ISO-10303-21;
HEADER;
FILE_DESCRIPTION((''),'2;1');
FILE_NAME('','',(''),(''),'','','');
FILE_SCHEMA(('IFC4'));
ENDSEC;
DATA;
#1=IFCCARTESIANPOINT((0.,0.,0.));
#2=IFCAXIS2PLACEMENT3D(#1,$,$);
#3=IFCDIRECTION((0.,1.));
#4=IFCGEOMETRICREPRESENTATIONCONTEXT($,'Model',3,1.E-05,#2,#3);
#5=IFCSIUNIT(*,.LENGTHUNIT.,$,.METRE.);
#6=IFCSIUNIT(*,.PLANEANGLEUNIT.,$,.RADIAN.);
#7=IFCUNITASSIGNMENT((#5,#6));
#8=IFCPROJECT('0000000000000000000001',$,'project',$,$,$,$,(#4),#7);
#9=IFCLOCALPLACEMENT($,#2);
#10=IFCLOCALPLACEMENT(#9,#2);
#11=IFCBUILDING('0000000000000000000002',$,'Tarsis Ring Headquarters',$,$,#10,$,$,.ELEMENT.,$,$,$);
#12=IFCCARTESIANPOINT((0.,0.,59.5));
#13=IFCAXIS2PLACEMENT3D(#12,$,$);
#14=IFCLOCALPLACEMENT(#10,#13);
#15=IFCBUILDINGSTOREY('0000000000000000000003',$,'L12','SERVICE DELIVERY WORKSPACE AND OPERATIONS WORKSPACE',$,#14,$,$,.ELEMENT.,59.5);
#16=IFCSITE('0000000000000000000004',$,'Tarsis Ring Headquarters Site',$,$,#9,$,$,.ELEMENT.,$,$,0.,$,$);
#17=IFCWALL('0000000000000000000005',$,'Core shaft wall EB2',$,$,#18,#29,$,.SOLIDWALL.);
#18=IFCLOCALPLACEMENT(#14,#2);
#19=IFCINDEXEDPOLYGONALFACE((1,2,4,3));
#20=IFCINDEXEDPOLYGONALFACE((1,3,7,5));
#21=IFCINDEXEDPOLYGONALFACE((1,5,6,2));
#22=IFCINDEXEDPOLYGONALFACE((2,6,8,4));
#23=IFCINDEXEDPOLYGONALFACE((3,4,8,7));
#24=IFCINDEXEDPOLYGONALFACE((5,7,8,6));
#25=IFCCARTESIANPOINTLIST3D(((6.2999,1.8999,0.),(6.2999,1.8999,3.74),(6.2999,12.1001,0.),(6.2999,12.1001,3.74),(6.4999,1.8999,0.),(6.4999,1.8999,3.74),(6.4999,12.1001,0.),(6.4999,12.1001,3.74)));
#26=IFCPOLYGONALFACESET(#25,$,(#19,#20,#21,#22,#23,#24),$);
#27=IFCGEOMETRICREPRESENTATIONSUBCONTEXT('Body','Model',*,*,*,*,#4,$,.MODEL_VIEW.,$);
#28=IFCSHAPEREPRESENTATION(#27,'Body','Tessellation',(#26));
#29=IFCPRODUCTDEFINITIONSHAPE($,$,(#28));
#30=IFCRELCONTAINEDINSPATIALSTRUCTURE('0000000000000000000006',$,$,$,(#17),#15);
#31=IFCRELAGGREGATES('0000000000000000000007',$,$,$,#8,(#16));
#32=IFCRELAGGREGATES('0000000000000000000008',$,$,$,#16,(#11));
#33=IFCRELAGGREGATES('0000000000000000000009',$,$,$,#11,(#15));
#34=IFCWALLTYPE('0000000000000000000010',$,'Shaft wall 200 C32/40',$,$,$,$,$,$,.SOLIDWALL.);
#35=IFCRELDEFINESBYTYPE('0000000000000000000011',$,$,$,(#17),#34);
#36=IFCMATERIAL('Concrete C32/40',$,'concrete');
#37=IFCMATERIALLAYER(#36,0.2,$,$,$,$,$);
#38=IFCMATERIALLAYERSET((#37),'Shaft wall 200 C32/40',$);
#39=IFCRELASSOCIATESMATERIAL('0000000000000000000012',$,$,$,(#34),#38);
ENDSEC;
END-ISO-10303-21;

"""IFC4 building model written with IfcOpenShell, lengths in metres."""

from ifc_helpers import new_model, si_unit, direction, frame, frame_2d, origin, place, context, subcontext, project, spatial, rectangle, extrude, material, layer, layer_set, type_object, element, save


model = new_model("IFC4")

# Units and contexts
model_context = context("Model", 3, precision=1e-05, world=origin(), true_north=direction((0.0, 1.0)))
body_context = subcontext(model_context, "Body", "Model", "MODEL_VIEW")
ifc_project = project(units=[si_unit("LENGTHUNIT", "METRE"), si_unit("PLANEANGLEUNIT", "RADIAN")], contexts=[model_context])

# Site, building, storey
site_placement = place(None, origin())
site = spatial("IfcSite", under=ifc_project, at=site_placement, Name="Tarsis Ring Headquarters Site", CompositionType="ELEMENT", RefElevation=0.0)
building_placement = place(site_placement, origin())
building = spatial("IfcBuilding", under=site, at=building_placement, Name="Tarsis Ring Headquarters", CompositionType="ELEMENT")
storey_placement = place(building_placement, frame((0.0, 0.0, 59.5)))
storey = spatial("IfcBuildingStorey", under=building, at=storey_placement, Name="L12", Description="SERVICE DELIVERY WORKSPACE AND OPERATIONS WORKSPACE", CompositionType="ELEMENT", Elevation=59.5)

# Wall
ifc_material_1 = material(Name="Concrete C32/40", Category="concrete")
ifc_layer_1 = layer(ifc_material_1, 0.2)
ifc_layer_set_1 = layer_set([ifc_layer_1], Name="Shaft wall 200 C32/40")
wall_type_1 = type_object("IfcWallType", Name="Shaft wall 200 C32/40", PredefinedType="SOLIDWALL", material=ifc_layer_set_1)
wall_1_placement = place(storey_placement, frame((6.3999, 1.8999, 0.0), z_axis=(0.0, 0.0, 1.0), x_axis=(0.0, 1.0, 0.0)))
element("IfcWall", 1, at=wall_1_placement, inside=storey, type_object=wall_type_1, Name="Core shaft wall EB2", PredefinedType="SOLIDWALL", context=body_context, shape_type="SweptSolid", body=[
    extrude(rectangle(XDim=10.2002, YDim=0.2, at=frame_2d((5.1001, 0.0))), origin(), (0.0, 0.0, 1.0), 3.74),
])

save(model, "model.ifc")
